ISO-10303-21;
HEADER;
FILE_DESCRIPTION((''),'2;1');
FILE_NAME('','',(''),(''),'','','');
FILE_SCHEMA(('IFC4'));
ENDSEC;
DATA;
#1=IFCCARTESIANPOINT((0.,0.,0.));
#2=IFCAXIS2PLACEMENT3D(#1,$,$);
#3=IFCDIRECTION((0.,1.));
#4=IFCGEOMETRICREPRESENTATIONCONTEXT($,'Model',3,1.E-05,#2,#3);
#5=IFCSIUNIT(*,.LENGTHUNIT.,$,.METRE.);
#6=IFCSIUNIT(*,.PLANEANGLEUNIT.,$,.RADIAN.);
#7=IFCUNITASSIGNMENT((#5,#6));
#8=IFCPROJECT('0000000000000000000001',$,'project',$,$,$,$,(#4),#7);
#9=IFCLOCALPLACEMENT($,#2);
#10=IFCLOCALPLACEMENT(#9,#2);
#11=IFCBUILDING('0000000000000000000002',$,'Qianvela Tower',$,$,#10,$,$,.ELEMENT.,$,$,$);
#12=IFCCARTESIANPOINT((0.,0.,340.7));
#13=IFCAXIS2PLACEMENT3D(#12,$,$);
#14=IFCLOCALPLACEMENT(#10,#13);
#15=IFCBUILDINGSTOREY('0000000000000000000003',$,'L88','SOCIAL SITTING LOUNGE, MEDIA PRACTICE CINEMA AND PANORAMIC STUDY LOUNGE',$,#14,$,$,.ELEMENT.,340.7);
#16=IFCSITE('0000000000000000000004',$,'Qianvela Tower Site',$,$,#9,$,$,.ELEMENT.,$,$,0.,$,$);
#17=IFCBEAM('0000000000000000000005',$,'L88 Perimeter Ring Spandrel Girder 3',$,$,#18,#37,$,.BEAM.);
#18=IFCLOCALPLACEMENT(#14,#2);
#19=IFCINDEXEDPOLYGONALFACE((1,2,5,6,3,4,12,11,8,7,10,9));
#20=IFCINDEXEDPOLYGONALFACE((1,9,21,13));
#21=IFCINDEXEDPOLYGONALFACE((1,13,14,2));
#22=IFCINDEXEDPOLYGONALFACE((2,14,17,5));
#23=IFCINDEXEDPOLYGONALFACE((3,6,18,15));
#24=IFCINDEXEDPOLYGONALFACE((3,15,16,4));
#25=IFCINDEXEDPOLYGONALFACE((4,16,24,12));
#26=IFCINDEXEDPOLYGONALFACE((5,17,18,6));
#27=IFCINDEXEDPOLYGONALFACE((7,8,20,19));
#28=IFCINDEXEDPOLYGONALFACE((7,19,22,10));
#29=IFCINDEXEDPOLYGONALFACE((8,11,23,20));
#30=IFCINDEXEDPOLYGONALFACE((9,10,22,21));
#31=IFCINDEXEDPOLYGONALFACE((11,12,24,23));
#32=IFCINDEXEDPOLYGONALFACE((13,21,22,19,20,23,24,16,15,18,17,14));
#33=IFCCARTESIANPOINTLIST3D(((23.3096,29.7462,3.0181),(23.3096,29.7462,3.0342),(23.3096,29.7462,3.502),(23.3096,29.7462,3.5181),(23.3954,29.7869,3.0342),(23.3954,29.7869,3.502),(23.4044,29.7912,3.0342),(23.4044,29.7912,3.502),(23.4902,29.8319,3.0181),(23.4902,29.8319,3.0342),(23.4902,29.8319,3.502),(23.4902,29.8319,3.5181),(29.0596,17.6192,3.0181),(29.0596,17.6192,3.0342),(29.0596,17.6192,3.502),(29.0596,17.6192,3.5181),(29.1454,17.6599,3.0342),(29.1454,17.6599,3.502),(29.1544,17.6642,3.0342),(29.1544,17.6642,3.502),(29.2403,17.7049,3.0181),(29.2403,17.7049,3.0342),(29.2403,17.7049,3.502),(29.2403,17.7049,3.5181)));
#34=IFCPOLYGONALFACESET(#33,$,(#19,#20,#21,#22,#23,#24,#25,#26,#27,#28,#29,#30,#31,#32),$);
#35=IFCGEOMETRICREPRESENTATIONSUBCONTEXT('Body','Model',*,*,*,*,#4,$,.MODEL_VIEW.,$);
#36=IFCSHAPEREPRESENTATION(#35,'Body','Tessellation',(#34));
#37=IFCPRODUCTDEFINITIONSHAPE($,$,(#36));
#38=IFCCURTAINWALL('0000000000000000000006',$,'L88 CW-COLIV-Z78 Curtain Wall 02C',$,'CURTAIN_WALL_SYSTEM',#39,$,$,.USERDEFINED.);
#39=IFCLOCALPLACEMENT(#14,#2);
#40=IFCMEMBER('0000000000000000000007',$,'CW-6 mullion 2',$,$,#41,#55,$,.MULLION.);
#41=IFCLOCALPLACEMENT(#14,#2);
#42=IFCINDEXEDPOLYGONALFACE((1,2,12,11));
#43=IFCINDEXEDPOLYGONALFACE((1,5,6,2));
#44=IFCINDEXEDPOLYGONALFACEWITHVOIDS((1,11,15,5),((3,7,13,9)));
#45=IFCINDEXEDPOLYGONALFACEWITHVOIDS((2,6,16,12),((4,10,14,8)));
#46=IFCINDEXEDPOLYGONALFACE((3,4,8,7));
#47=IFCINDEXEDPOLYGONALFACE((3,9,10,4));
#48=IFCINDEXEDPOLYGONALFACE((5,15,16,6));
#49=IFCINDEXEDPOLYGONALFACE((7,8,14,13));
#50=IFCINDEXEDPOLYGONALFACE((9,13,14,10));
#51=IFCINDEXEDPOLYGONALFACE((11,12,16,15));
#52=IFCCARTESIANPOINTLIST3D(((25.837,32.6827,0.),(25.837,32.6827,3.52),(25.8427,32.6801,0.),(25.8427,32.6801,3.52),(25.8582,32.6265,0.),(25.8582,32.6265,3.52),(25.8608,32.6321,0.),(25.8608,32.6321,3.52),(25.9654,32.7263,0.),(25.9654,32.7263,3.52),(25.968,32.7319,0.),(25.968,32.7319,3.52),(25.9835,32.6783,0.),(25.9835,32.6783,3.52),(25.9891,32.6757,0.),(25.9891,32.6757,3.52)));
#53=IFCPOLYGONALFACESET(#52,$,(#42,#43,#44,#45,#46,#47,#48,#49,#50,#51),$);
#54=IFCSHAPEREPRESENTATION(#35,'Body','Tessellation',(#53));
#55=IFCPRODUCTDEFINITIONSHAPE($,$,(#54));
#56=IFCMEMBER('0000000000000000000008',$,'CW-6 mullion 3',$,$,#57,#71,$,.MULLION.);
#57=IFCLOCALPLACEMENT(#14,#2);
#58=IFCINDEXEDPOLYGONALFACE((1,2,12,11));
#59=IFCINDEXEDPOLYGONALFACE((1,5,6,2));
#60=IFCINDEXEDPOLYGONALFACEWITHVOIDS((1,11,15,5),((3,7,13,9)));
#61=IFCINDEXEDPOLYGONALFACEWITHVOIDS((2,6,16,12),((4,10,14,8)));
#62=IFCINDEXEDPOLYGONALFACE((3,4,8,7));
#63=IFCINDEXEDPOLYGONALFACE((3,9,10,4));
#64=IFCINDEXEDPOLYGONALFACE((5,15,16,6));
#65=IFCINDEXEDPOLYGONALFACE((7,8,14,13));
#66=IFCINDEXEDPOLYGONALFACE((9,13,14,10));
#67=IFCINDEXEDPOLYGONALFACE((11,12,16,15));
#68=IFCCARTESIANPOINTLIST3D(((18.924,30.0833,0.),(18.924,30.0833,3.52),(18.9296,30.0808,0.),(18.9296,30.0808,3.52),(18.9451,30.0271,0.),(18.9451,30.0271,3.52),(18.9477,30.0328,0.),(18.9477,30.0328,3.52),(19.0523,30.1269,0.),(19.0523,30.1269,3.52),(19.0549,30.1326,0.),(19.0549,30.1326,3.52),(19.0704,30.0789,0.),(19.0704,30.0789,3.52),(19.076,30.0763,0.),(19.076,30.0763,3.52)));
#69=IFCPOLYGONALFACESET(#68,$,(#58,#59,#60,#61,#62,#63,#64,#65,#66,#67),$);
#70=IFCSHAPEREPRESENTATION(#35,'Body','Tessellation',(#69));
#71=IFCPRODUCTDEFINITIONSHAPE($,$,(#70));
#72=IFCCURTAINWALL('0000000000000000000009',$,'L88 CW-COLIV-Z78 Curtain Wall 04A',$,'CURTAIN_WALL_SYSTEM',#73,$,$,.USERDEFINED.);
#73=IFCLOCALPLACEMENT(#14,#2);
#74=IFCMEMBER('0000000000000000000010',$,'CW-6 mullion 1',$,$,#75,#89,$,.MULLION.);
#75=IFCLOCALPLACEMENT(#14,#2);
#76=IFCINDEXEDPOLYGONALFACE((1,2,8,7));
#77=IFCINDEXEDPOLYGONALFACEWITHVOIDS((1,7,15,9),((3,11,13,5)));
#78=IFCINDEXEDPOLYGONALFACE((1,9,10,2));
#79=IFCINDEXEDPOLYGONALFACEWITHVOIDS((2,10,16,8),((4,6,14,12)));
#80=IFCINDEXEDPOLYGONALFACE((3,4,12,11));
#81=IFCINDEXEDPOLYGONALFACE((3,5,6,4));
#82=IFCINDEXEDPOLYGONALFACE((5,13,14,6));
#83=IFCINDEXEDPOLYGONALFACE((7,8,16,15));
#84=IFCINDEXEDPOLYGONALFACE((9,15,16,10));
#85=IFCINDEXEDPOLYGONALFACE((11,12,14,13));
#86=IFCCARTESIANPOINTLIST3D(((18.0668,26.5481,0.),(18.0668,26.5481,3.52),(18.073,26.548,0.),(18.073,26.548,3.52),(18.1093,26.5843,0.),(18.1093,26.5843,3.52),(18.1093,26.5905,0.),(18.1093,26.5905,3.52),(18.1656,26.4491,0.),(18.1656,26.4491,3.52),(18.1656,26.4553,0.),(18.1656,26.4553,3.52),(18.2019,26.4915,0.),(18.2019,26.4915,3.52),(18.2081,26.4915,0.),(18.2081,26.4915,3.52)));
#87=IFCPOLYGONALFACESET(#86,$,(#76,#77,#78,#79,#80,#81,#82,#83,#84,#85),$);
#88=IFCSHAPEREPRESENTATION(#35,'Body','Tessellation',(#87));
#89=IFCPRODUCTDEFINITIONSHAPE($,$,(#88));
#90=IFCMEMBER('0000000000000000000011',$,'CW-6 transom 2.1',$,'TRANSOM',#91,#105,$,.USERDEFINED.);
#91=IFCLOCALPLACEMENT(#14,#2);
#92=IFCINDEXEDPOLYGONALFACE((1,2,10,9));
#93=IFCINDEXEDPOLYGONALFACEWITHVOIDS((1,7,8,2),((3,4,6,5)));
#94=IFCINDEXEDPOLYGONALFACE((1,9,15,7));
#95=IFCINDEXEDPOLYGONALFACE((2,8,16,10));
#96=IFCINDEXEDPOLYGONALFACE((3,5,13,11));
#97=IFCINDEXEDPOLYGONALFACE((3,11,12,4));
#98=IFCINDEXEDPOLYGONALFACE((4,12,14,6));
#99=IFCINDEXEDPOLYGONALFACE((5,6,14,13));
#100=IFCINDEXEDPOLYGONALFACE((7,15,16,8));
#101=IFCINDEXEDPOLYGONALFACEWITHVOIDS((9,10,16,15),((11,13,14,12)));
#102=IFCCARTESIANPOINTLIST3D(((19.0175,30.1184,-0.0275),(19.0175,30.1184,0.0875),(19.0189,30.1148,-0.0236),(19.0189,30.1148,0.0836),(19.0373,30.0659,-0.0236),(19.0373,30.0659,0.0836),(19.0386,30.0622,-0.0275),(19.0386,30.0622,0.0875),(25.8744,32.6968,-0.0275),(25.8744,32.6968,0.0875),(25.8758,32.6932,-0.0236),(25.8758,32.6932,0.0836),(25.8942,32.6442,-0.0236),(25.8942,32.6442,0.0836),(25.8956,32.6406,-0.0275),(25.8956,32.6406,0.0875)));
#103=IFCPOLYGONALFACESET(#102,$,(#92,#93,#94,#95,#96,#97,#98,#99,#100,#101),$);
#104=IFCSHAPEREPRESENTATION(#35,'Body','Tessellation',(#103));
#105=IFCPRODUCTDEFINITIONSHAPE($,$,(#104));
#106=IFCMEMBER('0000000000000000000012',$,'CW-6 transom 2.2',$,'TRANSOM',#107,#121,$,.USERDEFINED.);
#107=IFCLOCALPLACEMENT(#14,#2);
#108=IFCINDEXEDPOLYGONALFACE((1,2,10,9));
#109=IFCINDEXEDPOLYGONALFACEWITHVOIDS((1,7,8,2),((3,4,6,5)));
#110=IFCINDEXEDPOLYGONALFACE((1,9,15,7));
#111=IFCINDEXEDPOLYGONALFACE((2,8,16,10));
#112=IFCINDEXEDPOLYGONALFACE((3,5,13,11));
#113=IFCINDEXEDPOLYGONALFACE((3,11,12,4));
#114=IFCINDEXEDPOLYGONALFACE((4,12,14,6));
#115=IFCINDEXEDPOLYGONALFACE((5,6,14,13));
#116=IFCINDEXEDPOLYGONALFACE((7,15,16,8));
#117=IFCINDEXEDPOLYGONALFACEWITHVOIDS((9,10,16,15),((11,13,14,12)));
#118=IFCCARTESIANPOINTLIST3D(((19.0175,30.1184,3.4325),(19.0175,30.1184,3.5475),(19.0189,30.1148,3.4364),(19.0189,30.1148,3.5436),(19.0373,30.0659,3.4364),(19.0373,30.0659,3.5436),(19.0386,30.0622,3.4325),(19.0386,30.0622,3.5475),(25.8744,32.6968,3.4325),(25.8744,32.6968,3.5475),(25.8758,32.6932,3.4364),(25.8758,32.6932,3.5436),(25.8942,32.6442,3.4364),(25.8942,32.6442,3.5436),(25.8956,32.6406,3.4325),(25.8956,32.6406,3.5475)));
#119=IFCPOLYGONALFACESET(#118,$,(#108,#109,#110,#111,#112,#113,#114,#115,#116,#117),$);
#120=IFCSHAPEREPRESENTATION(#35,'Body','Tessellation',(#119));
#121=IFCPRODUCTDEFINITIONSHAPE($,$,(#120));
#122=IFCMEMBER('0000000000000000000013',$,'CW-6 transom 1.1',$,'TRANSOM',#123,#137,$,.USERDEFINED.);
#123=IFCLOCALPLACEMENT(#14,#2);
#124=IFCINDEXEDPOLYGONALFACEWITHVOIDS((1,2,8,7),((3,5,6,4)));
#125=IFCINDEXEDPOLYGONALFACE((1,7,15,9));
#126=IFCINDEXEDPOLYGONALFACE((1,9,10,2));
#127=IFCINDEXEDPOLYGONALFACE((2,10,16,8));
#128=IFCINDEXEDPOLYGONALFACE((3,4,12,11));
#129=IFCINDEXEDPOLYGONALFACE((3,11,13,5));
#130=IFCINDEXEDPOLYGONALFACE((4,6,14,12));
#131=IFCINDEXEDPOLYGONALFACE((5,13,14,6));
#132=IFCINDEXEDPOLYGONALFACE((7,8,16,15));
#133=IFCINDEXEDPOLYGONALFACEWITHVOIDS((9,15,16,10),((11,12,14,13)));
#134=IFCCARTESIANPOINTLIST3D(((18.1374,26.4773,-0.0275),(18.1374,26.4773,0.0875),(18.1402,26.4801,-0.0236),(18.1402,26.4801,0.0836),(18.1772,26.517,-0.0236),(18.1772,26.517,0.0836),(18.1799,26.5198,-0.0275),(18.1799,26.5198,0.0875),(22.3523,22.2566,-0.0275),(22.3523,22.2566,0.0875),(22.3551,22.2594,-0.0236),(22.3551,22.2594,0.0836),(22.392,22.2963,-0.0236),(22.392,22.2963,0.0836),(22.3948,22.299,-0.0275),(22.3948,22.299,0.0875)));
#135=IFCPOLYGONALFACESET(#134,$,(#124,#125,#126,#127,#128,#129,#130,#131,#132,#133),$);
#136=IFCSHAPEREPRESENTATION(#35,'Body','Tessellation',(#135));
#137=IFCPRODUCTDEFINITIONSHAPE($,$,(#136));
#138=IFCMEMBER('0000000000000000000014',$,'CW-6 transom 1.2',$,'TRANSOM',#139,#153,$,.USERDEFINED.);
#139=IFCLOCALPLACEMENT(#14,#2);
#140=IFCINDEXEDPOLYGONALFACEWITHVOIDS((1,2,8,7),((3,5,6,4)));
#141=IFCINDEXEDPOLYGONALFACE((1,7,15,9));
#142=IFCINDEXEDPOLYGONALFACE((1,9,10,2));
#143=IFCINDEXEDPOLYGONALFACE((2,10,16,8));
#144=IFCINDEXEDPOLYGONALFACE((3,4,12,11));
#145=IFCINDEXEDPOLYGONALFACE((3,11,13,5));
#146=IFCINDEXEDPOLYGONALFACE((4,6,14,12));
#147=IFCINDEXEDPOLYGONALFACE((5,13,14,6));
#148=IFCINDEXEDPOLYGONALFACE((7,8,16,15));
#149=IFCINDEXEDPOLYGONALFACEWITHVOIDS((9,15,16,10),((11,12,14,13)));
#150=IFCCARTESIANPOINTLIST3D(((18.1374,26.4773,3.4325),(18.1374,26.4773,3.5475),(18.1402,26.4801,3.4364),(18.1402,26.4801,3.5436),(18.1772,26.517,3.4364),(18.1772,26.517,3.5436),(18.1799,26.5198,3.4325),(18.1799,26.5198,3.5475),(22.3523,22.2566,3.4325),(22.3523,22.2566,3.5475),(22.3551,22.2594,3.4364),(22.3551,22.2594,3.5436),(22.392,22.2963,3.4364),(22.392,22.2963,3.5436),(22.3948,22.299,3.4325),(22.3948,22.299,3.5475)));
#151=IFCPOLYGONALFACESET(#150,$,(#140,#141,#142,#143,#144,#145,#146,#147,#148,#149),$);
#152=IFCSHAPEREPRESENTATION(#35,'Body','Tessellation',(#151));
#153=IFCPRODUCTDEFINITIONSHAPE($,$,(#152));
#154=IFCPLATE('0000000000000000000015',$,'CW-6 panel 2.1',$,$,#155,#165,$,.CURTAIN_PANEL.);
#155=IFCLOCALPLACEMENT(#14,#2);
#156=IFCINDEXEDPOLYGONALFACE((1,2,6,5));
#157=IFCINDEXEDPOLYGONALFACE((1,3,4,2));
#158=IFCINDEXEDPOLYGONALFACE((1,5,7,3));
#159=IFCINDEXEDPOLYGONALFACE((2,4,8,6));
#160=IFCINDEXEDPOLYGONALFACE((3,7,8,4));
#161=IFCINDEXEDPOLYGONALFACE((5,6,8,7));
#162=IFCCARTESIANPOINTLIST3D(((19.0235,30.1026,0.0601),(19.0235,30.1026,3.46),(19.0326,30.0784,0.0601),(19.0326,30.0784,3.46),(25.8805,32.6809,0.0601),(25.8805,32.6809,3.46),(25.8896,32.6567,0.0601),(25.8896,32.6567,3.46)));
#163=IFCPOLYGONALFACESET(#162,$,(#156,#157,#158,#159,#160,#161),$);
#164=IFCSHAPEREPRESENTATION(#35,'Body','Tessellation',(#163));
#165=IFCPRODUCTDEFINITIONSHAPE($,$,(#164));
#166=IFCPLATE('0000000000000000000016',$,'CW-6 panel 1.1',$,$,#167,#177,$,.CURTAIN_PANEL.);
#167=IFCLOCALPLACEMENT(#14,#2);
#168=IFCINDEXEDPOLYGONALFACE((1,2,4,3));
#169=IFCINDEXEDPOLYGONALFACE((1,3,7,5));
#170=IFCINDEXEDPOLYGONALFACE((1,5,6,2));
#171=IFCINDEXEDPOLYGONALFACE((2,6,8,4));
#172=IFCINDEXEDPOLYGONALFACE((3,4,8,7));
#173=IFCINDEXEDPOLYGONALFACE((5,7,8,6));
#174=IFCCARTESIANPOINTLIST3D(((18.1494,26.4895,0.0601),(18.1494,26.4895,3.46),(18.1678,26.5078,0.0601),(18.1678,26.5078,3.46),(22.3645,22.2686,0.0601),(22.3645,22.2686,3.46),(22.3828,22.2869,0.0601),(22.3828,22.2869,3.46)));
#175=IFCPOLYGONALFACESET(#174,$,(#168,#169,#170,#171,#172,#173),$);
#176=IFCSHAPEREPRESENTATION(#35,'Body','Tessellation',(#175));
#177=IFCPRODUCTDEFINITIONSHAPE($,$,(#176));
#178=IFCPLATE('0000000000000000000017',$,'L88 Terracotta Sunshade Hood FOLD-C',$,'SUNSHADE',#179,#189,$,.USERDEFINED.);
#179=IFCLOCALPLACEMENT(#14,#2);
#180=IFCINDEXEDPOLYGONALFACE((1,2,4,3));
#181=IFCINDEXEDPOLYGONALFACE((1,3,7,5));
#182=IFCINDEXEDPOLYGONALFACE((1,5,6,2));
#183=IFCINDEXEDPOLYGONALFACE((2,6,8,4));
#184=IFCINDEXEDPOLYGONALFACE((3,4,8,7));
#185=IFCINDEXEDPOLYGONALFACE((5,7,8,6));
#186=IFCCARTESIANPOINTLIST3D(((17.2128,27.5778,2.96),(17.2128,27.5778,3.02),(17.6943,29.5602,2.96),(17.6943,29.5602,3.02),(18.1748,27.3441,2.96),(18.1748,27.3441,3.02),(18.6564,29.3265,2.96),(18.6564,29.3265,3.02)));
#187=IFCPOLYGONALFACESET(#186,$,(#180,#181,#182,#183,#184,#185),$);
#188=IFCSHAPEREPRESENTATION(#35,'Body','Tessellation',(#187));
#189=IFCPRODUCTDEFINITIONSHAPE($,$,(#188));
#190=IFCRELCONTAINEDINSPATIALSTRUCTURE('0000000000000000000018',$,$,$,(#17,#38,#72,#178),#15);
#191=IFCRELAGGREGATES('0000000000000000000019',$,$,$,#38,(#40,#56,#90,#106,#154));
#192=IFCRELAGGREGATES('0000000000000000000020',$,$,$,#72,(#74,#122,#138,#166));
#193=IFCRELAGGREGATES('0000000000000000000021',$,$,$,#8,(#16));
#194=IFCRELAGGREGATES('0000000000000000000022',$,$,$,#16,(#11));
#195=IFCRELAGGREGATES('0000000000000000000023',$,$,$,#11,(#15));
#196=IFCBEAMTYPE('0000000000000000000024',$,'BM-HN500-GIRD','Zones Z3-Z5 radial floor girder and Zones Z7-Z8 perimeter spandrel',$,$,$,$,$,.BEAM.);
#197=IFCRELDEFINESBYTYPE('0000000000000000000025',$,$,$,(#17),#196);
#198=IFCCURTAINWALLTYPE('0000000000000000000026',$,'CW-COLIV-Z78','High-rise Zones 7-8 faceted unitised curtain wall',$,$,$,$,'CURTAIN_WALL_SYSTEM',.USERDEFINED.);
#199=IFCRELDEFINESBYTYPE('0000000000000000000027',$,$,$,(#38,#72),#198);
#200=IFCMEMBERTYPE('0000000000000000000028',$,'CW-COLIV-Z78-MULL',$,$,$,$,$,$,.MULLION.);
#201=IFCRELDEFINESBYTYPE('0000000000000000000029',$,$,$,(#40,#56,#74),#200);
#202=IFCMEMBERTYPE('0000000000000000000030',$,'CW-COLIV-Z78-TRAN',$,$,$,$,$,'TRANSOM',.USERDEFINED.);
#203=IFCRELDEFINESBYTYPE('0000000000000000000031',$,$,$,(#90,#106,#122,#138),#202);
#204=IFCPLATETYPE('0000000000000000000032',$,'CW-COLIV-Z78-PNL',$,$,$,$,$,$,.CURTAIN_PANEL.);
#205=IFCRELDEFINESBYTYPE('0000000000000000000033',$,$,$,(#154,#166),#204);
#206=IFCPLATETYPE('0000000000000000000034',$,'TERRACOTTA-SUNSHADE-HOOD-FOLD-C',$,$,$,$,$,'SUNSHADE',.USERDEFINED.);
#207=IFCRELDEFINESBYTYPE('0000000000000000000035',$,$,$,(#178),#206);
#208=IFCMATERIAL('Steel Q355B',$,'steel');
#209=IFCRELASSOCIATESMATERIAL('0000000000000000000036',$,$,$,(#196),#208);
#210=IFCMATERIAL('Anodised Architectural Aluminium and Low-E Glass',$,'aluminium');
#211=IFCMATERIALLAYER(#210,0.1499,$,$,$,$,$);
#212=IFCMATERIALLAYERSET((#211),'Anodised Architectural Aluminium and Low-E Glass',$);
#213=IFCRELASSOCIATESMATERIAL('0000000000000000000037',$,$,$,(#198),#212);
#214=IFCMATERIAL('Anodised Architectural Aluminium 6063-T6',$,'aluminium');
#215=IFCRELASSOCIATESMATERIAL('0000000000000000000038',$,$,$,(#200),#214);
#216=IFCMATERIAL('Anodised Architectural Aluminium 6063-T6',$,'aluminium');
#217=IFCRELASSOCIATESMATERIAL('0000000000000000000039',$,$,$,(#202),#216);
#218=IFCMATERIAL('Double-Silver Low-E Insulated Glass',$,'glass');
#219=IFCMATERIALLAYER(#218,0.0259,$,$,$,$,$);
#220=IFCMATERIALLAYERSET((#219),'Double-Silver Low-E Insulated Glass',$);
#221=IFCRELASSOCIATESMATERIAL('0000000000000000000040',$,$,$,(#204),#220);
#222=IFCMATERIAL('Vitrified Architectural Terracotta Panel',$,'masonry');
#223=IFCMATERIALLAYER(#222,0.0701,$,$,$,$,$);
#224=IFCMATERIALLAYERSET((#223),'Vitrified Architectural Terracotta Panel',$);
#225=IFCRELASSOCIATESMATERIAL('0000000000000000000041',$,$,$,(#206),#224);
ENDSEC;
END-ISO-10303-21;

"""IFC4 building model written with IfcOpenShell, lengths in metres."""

from ifc_helpers import new_model, si_unit, direction, frame, origin, origin_2d, place, context, subcontext, project, spatial, rectangle, hollow_rectangle, i_section, extrude, material, layer, layer_set, material_profile, profile_set, type_object, element, aggregate, save


model = new_model("IFC4")

# Units and contexts
model_context = context("Model", 3, precision=1e-05, world=origin(), true_north=direction((0.0, 1.0)))
body_context = subcontext(model_context, "Body", "Model", "MODEL_VIEW")
ifc_project = project(units=[si_unit("LENGTHUNIT", "METRE"), si_unit("PLANEANGLEUNIT", "RADIAN")], contexts=[model_context])

# Site, building, storey
site_placement = place(None, origin())
site = spatial("IfcSite", under=ifc_project, at=site_placement, Name="Qianvela Tower Site", CompositionType="ELEMENT", RefElevation=0.0)
building_placement = place(site_placement, origin())
building = spatial("IfcBuilding", under=site, at=building_placement, Name="Qianvela Tower", CompositionType="ELEMENT")
storey_placement = place(building_placement, frame((0.0, 0.0, 340.7)))
storey = spatial("IfcBuildingStorey", under=building, at=storey_placement, Name="L88", Description="SOCIAL SITTING LOUNGE, MEDIA PRACTICE CINEMA AND PANORAMIC STUDY LOUNGE", CompositionType="ELEMENT", Elevation=340.7)

# Beam
ifc_material_1 = material(Name="Steel Q355B", Category="steel")
ifc_material_profile_1 = material_profile(ifc_material_1, i_section(OverallWidth=0.2, OverallDepth=0.5, WebThickness=0.01, FlangeThickness=0.0161, at=origin_2d()), Name="HN500x200x10x16")
ifc_profile_set_1 = profile_set([ifc_material_profile_1], Name="Steel Q355B")
beam_type_1 = type_object("IfcBeamType", Name="BM-HN500-GIRD", Description="Zones Z3-Z5 radial floor girder and Zones Z7-Z8 perimeter spandrel", PredefinedType="BEAM", material=ifc_profile_set_1)
beam_1_placement = place(storey_placement, frame((23.3999, 29.7891, 3.2681), z_axis=(0.42843, -0.903575, 0.0), x_axis=(0.903575, 0.42843, 0.0)))
element("IfcBeam", 1, at=beam_1_placement, inside=storey, type_object=beam_type_1, Name="L88 Perimeter Ring Spandrel Girder 3", PredefinedType="BEAM", context=body_context, shape_type="SweptSolid", body=[
    extrude(i_section(OverallWidth=0.2, OverallDepth=0.5, WebThickness=0.01, FlangeThickness=0.0161, at=origin_2d()), origin(), (0.0, 0.0, 1.0), 13.4211),
])

# Curtain wall, members
ifc_material_2 = material(Name="Anodised Architectural Aluminium and Low-E Glass", Category="aluminium")
ifc_layer_1 = layer(ifc_material_2, 0.1499)
ifc_layer_set_1 = layer_set([ifc_layer_1], Name="Anodised Architectural Aluminium and Low-E Glass")
curtain_wall_type = type_object("IfcCurtainWallType", Name="CW-COLIV-Z78", Description="High-rise Zones 7-8 faceted unitised curtain wall", ElementType="CURTAIN_WALL_SYSTEM", PredefinedType="USERDEFINED", material=ifc_layer_set_1)
curtain_wall_1_placement = place(storey_placement, origin())
curtain_wall_1 = element("IfcCurtainWall", 2, at=curtain_wall_1_placement, inside=storey, type_object=curtain_wall_type, Name="L88 CW-COLIV-Z78 Curtain Wall 02C", ObjectType="CURTAIN_WALL_SYSTEM", PredefinedType="USERDEFINED")
ifc_material_3 = material(Name="Anodised Architectural Aluminium 6063-T6", Category="aluminium")
ifc_material_profile_2 = material_profile(ifc_material_3, hollow_rectangle(XDim=0.0601, YDim=0.1399, WallThickness=0.0044, at=origin_2d()), Name="ALU-MULL-60x140")
ifc_profile_set_2 = profile_set([ifc_material_profile_2], Name="Anodised Architectural Aluminium 6063-T6")
member_type_1 = type_object("IfcMemberType", Name="CW-COLIV-Z78-MULL", PredefinedType="MULLION", material=ifc_profile_set_2)
member_1_placement = place(storey_placement, frame((25.9131, 32.6792, 0.0), z_axis=(0.0, 0.0, 1.0), x_axis=(0.351959, -0.936015, 0.0)))
member_1 = element("IfcMember", 3, at=member_1_placement, type_object=member_type_1, Name="CW-6 mullion 2", PredefinedType="MULLION", context=body_context, shape_type="SweptSolid", body=[
    extrude(hollow_rectangle(XDim=0.0601, YDim=0.1399, WallThickness=0.0044, at=origin_2d()), origin(), (0.0, 0.0, 1.0), 3.52),
])
member_2_placement = place(storey_placement, frame((19.0, 30.0798, 0.0), z_axis=(0.0, 0.0, 1.0), x_axis=(0.351959, -0.936015, 0.0)))
member_2 = element("IfcMember", 4, at=member_2_placement, type_object=member_type_1, Name="CW-6 mullion 3", PredefinedType="MULLION", context=body_context, shape_type="SweptSolid", body=[
    extrude(hollow_rectangle(XDim=0.0601, YDim=0.1399, WallThickness=0.0044, at=origin_2d()), origin(), (0.0, 0.0, 1.0), 3.52),
])

# Curtain wall, member
curtain_wall_2_placement = place(storey_placement, origin())
curtain_wall_2 = element("IfcCurtainWall", 5, at=curtain_wall_2_placement, inside=storey, type_object=curtain_wall_type, Name="L88 CW-COLIV-Z78 Curtain Wall 04A", ObjectType="CURTAIN_WALL_SYSTEM", PredefinedType="USERDEFINED")
member_3_placement = place(storey_placement, frame((18.1375, 26.5198, 0.0), z_axis=(0.0, 0.0, 1.0), x_axis=(0.707598, 0.706615, 0.0)))
member_3 = element("IfcMember", 6, at=member_3_placement, type_object=member_type_1, Name="CW-6 mullion 1", PredefinedType="MULLION", context=body_context, shape_type="SweptSolid", body=[
    extrude(hollow_rectangle(XDim=0.0601, YDim=0.1399, WallThickness=0.0044, at=origin_2d()), origin(), (0.0, 0.0, 1.0), 3.52),
])

# Members
ifc_material_4 = material(Name="Anodised Architectural Aluminium 6063-T6", Category="aluminium")
ifc_material_profile_3 = material_profile(ifc_material_4, hollow_rectangle(XDim=0.0601, YDim=0.115, WallThickness=0.0039, at=origin_2d()), Name="ALU-TRAN-60x115")
ifc_profile_set_3 = profile_set([ifc_material_profile_3], Name="Anodised Architectural Aluminium 6063-T6")
member_type_2 = type_object("IfcMemberType", Name="CW-COLIV-Z78-TRAN", ElementType="TRANSOM", PredefinedType="USERDEFINED", material=ifc_profile_set_3)
member_4_placement = place(storey_placement, frame((25.885, 32.6687, 0.03), z_axis=(-0.936014, -0.351963, 0.0), x_axis=(0.351963, -0.936014, 0.0)))
member_4 = element("IfcMember", 7, at=member_4_placement, type_object=member_type_2, Name="CW-6 transom 2.1", ObjectType="TRANSOM", PredefinedType="USERDEFINED", context=body_context, shape_type="SweptSolid", body=[
    extrude(hollow_rectangle(XDim=0.0601, YDim=0.115, WallThickness=0.0039, at=origin_2d()), origin(), (0.0, 0.0, 1.0), 7.3257),
])
member_5_placement = place(storey_placement, frame((25.885, 32.6687, 3.49), z_axis=(-0.936014, -0.351963, 0.0), x_axis=(0.351963, -0.936014, 0.0)))
member_5 = element("IfcMember", 8, at=member_5_placement, type_object=member_type_2, Name="CW-6 transom 2.2", ObjectType="TRANSOM", PredefinedType="USERDEFINED", context=body_context, shape_type="SweptSolid", body=[
    extrude(hollow_rectangle(XDim=0.0601, YDim=0.115, WallThickness=0.0039, at=origin_2d()), origin(), (0.0, 0.0, 1.0), 7.3257),
])
member_6_placement = place(storey_placement, frame((18.1587, 26.4985, 0.03), z_axis=(0.706615, -0.707598, 0.0), x_axis=(0.707598, 0.706615, 0.0)))
member_6 = element("IfcMember", 9, at=member_6_placement, type_object=member_type_2, Name="CW-6 transom 1.1", ObjectType="TRANSOM", PredefinedType="USERDEFINED", context=body_context, shape_type="SweptSolid", body=[
    extrude(hollow_rectangle(XDim=0.0601, YDim=0.115, WallThickness=0.0039, at=origin_2d()), origin(), (0.0, 0.0, 1.0), 5.9648),
])
member_7_placement = place(storey_placement, frame((18.1587, 26.4985, 3.49), z_axis=(0.706615, -0.707598, 0.0), x_axis=(0.707598, 0.706615, 0.0)))
member_7 = element("IfcMember", 10, at=member_7_placement, type_object=member_type_2, Name="CW-6 transom 1.2", ObjectType="TRANSOM", PredefinedType="USERDEFINED", context=body_context, shape_type="SweptSolid", body=[
    extrude(hollow_rectangle(XDim=0.0601, YDim=0.115, WallThickness=0.0039, at=origin_2d()), origin(), (0.0, 0.0, 1.0), 5.9648),
])

# Plates
ifc_material_5 = material(Name="Double-Silver Low-E Insulated Glass", Category="glass")
ifc_layer_2 = layer(ifc_material_5, 0.0259)
ifc_layer_set_2 = layer_set([ifc_layer_2], Name="Double-Silver Low-E Insulated Glass")
plate_type_1 = type_object("IfcPlateType", Name="CW-COLIV-Z78-PNL", PredefinedType="CURTAIN_PANEL", material=ifc_layer_set_2)
plate_1_placement = place(storey_placement, frame((22.4565, 31.3796, 0.0601), z_axis=(0.0, 0.0, 1.0), x_axis=(-0.936015, -0.351959, 0.0)))
plate_1 = element("IfcPlate", 11, at=plate_1_placement, type_object=plate_type_1, Name="CW-6 panel 2.1", PredefinedType="CURTAIN_PANEL", context=body_context, shape_type="SweptSolid", body=[
    extrude(rectangle(XDim=7.3257, YDim=0.0259, at=origin_2d()), origin(), (0.0, 0.0, 1.0), 3.3999),
])
aggregate(curtain_wall_1, [member_1, member_2, member_4, member_5, plate_1])
plate_2_placement = place(storey_placement, frame((20.2661, 24.3882, 0.0601), z_axis=(0.0, 0.0, 1.0), x_axis=(0.706615, -0.707598, 0.0)))
plate_2 = element("IfcPlate", 12, at=plate_2_placement, type_object=plate_type_1, Name="CW-6 panel 1.1", PredefinedType="CURTAIN_PANEL", context=body_context, shape_type="SweptSolid", body=[
    extrude(rectangle(XDim=5.9651, YDim=0.0259, at=origin_2d()), origin(), (0.0, 0.0, 1.0), 3.3999),
])
aggregate(curtain_wall_2, [member_3, member_6, member_7, plate_2])

# Plate
ifc_material_6 = material(Name="Vitrified Architectural Terracotta Panel", Category="masonry")
ifc_layer_3 = layer(ifc_material_6, 0.0701)
ifc_layer_set_3 = layer_set([ifc_layer_3], Name="Vitrified Architectural Terracotta Panel")
plate_type_2 = type_object("IfcPlateType", Name="TERRACOTTA-SUNSHADE-HOOD-FOLD-C", ElementType="SUNSHADE", PredefinedType="USERDEFINED", material=ifc_layer_set_3)
plate_3_placement = place(storey_placement, frame((17.9346, 28.4521, 2.96), z_axis=(0.0, 0.0, 1.0), x_axis=(-0.23605, -0.971741, 0.0)))
element("IfcPlate", 13, at=plate_3_placement, inside=storey, type_object=plate_type_2, Name="L88 Terracotta Sunshade Hood FOLD-C", ObjectType="SUNSHADE", PredefinedType="USERDEFINED", context=body_context, shape_type="SweptSolid", body=[
    extrude(rectangle(XDim=2.04, YDim=0.99, at=origin_2d()), origin(), (0.0, 0.0, 1.0), 0.0601),
])

save(model, "model.ifc")
